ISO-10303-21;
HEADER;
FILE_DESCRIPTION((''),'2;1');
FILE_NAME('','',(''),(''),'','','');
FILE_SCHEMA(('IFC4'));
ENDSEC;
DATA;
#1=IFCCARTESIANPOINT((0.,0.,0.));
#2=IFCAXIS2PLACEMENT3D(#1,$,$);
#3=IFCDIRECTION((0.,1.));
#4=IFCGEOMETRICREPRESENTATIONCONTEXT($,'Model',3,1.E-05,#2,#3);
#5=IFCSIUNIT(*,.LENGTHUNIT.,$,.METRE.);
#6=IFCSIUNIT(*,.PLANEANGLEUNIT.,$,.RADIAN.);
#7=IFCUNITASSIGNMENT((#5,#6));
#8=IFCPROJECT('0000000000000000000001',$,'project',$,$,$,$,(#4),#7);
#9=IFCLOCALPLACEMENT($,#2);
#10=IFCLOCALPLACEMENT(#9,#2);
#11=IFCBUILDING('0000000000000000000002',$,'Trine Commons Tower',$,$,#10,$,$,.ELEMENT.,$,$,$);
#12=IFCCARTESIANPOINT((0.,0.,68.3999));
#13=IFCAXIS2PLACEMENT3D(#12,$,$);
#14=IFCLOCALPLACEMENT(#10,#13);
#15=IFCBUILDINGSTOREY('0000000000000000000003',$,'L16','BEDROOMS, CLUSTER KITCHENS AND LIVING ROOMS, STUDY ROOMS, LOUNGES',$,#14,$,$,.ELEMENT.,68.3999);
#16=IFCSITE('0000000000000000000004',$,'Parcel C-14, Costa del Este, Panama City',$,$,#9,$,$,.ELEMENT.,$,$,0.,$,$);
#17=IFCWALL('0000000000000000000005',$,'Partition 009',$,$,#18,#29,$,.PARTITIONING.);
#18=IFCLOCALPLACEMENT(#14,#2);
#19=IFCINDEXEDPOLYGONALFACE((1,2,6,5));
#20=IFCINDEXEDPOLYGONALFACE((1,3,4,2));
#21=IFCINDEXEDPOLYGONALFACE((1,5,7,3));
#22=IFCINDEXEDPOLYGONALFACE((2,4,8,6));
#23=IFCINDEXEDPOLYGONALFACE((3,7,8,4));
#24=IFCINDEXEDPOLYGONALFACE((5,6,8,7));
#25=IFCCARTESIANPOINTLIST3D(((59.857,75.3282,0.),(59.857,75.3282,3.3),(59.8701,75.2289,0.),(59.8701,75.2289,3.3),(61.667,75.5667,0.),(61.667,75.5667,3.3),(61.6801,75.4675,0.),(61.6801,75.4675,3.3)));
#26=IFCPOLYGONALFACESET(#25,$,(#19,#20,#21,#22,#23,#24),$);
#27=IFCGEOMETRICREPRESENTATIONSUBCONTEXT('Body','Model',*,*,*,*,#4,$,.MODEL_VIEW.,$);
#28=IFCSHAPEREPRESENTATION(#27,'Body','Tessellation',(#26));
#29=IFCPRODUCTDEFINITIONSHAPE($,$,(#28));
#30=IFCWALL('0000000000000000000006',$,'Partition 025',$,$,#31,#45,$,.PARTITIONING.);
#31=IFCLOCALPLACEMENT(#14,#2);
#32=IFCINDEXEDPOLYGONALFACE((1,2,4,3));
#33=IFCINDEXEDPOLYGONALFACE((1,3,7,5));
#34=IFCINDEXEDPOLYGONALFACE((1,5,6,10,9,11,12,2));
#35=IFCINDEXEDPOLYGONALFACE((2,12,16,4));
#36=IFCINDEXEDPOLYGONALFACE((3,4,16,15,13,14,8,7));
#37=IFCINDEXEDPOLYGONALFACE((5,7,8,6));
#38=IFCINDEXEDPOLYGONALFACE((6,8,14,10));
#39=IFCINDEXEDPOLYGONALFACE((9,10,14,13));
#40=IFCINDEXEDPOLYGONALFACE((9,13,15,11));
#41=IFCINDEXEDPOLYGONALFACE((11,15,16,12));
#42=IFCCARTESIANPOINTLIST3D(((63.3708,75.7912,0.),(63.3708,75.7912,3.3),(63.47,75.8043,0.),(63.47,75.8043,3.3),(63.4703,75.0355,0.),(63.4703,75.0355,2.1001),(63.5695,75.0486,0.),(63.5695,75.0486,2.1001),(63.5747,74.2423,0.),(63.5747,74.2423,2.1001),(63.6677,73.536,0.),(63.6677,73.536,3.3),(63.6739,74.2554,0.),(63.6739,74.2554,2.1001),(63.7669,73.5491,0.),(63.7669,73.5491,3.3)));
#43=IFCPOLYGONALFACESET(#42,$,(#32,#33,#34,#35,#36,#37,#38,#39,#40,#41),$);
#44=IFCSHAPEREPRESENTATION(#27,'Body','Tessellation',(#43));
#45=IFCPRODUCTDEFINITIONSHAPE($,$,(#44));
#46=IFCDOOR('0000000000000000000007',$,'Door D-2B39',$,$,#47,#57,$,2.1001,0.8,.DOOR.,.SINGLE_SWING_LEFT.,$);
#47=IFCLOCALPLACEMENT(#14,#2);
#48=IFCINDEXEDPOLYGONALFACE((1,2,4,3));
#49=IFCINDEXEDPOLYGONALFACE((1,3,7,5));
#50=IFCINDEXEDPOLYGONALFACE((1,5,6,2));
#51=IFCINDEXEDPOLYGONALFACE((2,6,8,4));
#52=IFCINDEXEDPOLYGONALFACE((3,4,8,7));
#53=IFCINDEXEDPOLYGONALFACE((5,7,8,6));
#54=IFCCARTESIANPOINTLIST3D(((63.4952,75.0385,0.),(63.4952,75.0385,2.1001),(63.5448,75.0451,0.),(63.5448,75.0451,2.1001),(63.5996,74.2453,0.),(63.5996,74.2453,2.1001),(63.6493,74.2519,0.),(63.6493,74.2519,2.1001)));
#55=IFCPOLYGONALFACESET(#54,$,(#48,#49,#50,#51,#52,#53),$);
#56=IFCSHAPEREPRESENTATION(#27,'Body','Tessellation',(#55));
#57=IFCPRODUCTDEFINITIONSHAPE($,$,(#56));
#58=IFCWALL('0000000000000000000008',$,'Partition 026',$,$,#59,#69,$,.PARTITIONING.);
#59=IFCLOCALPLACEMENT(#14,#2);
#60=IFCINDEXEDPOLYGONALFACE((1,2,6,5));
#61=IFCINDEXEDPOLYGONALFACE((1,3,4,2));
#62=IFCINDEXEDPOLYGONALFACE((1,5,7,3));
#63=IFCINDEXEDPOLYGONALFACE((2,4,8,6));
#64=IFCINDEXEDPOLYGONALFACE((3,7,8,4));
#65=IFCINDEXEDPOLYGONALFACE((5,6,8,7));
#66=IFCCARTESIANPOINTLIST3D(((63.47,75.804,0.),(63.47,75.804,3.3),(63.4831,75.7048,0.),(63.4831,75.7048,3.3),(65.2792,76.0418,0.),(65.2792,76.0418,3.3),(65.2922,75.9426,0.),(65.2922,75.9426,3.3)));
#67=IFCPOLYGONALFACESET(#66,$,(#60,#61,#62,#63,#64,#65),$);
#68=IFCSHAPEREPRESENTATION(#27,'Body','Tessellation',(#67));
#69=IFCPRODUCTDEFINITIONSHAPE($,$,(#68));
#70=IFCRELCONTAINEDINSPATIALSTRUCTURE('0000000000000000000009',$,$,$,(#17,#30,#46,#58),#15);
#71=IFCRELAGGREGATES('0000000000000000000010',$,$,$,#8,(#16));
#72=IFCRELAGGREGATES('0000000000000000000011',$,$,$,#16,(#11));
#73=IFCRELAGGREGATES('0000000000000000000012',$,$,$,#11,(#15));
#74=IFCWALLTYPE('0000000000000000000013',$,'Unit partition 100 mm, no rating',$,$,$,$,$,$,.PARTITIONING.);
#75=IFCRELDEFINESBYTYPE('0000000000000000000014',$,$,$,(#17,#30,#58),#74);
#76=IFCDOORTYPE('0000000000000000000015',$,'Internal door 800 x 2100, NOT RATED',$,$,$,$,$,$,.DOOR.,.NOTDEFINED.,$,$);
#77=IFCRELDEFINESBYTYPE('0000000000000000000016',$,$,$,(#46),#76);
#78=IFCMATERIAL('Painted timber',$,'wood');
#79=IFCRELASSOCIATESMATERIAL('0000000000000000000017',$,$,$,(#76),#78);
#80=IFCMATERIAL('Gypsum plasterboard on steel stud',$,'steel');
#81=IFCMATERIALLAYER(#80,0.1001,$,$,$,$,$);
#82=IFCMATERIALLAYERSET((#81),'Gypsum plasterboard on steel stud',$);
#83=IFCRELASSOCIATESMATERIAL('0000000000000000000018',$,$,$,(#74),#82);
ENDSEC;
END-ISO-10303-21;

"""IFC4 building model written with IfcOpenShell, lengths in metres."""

from ifc_helpers import new_model, si_unit, direction, frame, frame_2d, origin, place, context, subcontext, project, spatial, rectangle, extrude, material, layer, layer_set, type_object, element, fill, save


model = new_model("IFC4")

# Units and contexts
model_context = context("Model", 3, precision=1e-05, world=origin(), true_north=direction((0.0, 1.0)))
body_context = subcontext(model_context, "Body", "Model", "MODEL_VIEW")
ifc_project = project(units=[si_unit("LENGTHUNIT", "METRE"), si_unit("PLANEANGLEUNIT", "RADIAN")], contexts=[model_context])

# Site, building, storey
site_placement = place(None, origin())
site = spatial("IfcSite", under=ifc_project, at=site_placement, Name="Parcel C-14, Costa del Este, Panama City", CompositionType="ELEMENT", RefElevation=0.0)
building_placement = place(site_placement, origin())
building = spatial("IfcBuilding", under=site, at=building_placement, Name="Trine Commons Tower", CompositionType="ELEMENT")
storey_placement = place(building_placement, frame((0.0, 0.0, 68.3999)))
storey = spatial("IfcBuildingStorey", under=building, at=storey_placement, Name="L16", Description="BEDROOMS, CLUSTER KITCHENS AND LIVING ROOMS, STUDY ROOMS, LOUNGES", CompositionType="ELEMENT", Elevation=68.3999)

# Shared definitions
ifc_material_1 = material(Name="Gypsum plasterboard on steel stud", Category="steel")

# Shared definitions
ifc_material_2 = material(Name="Painted timber", Category="wood")
door_type_1 = type_object("IfcDoorType", Name="Internal door 800 x 2100, NOT RATED", OperationType="NOTDEFINED", PredefinedType="DOOR", material=ifc_material_2)

# Wall
ifc_layer_1 = layer(ifc_material_1, 0.1001)
ifc_layer_set_1 = layer_set([ifc_layer_1], Name="Gypsum plasterboard on steel stud")
wall_type_1 = type_object("IfcWallType", Name="Unit partition 100 mm, no rating", PredefinedType="PARTITIONING", material=ifc_layer_set_1)
wall_1_placement = place(storey_placement, frame((59.8635, 75.2786, 0.0), z_axis=(0.0, 0.0, 1.0), x_axis=(0.991429, 0.130648, 0.0)))
element("IfcWall", 1, at=wall_1_placement, inside=storey, type_object=wall_type_1, Name="Partition 009", PredefinedType="PARTITIONING", context=body_context, shape_type="SweptSolid", body=[
    extrude(rectangle(XDim=1.8257, YDim=0.1001, at=frame_2d((0.9128, 0.0))), origin(), (0.0, 0.0, 1.0), 3.3),
])

# Wall, opening, door
wall_2_placement = place(storey_placement, frame((63.4204, 75.7976, 0.0), z_axis=(0.0, 0.0, 1.0), x_axis=(0.130518, -0.991446, 0.0)))
wall_2 = element("IfcWall", 2, at=wall_2_placement, inside=storey, type_object=wall_type_1, Name="Partition 025", PredefinedType="PARTITIONING", context=body_context, shape_type="SweptSolid", body=[
    extrude(rectangle(XDim=2.2747, YDim=0.1001, at=frame_2d((1.1372, 0.0))), origin(), (0.0, 0.0, 1.0), 3.3),
])
opening_1_placement = place(wall_2_placement, frame((0.7622, 0.0, 0.0)))
opening_1 = element("IfcOpeningElement", 3, at=opening_1_placement, cuts=wall_2, PredefinedType="OPENING", context=body_context, shape_type="SweptSolid", body=[
    extrude(rectangle(XDim=0.8, YDim=2.1001, at=frame_2d((0.3999, 1.05))), frame((0.0, 0.0601, 0.0), z_axis=(0.0, -1.0, 0.0), x_axis=(1.0, 0.0, 0.0)), (0.0, 0.0, 1.0), 0.1201),
])
door_1_placement = place(opening_1_placement, frame((0.8, 0.0, 0.0), z_axis=(0.0, 0.0, 1.0), x_axis=(-1.0, 0.0, 0.0)))
door_1 = element("IfcDoor", 4, at=door_1_placement, inside=storey, type_object=door_type_1, Name="Door D-2B39", OperationType="SINGLE_SWING_LEFT", OverallHeight=2.1001, OverallWidth=0.8, PredefinedType="DOOR", context=body_context, shape_type="SweptSolid", body=[
    extrude(rectangle(XDim=0.8, YDim=2.1001, at=frame_2d((0.3999, 1.05))), frame((0.0, 0.0249, 0.0), z_axis=(0.0, -1.0, 0.0), x_axis=(1.0, 0.0, 0.0)), (0.0, 0.0, 1.0), 0.05),
])
fill(opening_1, door_1)

# Wall
wall_3_placement = place(storey_placement, frame((63.4766, 75.7544, 0.0), z_axis=(0.0, 0.0, 1.0), x_axis=(0.991472, 0.130323, 0.0)))
element("IfcWall", 5, at=wall_3_placement, inside=storey, type_object=wall_type_1, Name="Partition 026", PredefinedType="PARTITIONING", context=body_context, shape_type="SweptSolid", body=[
    extrude(rectangle(XDim=1.8247, YDim=0.1001, at=frame_2d((0.9124, 0.0))), origin(), (0.0, 0.0, 1.0), 3.3),
])

save(model, "model.ifc")
